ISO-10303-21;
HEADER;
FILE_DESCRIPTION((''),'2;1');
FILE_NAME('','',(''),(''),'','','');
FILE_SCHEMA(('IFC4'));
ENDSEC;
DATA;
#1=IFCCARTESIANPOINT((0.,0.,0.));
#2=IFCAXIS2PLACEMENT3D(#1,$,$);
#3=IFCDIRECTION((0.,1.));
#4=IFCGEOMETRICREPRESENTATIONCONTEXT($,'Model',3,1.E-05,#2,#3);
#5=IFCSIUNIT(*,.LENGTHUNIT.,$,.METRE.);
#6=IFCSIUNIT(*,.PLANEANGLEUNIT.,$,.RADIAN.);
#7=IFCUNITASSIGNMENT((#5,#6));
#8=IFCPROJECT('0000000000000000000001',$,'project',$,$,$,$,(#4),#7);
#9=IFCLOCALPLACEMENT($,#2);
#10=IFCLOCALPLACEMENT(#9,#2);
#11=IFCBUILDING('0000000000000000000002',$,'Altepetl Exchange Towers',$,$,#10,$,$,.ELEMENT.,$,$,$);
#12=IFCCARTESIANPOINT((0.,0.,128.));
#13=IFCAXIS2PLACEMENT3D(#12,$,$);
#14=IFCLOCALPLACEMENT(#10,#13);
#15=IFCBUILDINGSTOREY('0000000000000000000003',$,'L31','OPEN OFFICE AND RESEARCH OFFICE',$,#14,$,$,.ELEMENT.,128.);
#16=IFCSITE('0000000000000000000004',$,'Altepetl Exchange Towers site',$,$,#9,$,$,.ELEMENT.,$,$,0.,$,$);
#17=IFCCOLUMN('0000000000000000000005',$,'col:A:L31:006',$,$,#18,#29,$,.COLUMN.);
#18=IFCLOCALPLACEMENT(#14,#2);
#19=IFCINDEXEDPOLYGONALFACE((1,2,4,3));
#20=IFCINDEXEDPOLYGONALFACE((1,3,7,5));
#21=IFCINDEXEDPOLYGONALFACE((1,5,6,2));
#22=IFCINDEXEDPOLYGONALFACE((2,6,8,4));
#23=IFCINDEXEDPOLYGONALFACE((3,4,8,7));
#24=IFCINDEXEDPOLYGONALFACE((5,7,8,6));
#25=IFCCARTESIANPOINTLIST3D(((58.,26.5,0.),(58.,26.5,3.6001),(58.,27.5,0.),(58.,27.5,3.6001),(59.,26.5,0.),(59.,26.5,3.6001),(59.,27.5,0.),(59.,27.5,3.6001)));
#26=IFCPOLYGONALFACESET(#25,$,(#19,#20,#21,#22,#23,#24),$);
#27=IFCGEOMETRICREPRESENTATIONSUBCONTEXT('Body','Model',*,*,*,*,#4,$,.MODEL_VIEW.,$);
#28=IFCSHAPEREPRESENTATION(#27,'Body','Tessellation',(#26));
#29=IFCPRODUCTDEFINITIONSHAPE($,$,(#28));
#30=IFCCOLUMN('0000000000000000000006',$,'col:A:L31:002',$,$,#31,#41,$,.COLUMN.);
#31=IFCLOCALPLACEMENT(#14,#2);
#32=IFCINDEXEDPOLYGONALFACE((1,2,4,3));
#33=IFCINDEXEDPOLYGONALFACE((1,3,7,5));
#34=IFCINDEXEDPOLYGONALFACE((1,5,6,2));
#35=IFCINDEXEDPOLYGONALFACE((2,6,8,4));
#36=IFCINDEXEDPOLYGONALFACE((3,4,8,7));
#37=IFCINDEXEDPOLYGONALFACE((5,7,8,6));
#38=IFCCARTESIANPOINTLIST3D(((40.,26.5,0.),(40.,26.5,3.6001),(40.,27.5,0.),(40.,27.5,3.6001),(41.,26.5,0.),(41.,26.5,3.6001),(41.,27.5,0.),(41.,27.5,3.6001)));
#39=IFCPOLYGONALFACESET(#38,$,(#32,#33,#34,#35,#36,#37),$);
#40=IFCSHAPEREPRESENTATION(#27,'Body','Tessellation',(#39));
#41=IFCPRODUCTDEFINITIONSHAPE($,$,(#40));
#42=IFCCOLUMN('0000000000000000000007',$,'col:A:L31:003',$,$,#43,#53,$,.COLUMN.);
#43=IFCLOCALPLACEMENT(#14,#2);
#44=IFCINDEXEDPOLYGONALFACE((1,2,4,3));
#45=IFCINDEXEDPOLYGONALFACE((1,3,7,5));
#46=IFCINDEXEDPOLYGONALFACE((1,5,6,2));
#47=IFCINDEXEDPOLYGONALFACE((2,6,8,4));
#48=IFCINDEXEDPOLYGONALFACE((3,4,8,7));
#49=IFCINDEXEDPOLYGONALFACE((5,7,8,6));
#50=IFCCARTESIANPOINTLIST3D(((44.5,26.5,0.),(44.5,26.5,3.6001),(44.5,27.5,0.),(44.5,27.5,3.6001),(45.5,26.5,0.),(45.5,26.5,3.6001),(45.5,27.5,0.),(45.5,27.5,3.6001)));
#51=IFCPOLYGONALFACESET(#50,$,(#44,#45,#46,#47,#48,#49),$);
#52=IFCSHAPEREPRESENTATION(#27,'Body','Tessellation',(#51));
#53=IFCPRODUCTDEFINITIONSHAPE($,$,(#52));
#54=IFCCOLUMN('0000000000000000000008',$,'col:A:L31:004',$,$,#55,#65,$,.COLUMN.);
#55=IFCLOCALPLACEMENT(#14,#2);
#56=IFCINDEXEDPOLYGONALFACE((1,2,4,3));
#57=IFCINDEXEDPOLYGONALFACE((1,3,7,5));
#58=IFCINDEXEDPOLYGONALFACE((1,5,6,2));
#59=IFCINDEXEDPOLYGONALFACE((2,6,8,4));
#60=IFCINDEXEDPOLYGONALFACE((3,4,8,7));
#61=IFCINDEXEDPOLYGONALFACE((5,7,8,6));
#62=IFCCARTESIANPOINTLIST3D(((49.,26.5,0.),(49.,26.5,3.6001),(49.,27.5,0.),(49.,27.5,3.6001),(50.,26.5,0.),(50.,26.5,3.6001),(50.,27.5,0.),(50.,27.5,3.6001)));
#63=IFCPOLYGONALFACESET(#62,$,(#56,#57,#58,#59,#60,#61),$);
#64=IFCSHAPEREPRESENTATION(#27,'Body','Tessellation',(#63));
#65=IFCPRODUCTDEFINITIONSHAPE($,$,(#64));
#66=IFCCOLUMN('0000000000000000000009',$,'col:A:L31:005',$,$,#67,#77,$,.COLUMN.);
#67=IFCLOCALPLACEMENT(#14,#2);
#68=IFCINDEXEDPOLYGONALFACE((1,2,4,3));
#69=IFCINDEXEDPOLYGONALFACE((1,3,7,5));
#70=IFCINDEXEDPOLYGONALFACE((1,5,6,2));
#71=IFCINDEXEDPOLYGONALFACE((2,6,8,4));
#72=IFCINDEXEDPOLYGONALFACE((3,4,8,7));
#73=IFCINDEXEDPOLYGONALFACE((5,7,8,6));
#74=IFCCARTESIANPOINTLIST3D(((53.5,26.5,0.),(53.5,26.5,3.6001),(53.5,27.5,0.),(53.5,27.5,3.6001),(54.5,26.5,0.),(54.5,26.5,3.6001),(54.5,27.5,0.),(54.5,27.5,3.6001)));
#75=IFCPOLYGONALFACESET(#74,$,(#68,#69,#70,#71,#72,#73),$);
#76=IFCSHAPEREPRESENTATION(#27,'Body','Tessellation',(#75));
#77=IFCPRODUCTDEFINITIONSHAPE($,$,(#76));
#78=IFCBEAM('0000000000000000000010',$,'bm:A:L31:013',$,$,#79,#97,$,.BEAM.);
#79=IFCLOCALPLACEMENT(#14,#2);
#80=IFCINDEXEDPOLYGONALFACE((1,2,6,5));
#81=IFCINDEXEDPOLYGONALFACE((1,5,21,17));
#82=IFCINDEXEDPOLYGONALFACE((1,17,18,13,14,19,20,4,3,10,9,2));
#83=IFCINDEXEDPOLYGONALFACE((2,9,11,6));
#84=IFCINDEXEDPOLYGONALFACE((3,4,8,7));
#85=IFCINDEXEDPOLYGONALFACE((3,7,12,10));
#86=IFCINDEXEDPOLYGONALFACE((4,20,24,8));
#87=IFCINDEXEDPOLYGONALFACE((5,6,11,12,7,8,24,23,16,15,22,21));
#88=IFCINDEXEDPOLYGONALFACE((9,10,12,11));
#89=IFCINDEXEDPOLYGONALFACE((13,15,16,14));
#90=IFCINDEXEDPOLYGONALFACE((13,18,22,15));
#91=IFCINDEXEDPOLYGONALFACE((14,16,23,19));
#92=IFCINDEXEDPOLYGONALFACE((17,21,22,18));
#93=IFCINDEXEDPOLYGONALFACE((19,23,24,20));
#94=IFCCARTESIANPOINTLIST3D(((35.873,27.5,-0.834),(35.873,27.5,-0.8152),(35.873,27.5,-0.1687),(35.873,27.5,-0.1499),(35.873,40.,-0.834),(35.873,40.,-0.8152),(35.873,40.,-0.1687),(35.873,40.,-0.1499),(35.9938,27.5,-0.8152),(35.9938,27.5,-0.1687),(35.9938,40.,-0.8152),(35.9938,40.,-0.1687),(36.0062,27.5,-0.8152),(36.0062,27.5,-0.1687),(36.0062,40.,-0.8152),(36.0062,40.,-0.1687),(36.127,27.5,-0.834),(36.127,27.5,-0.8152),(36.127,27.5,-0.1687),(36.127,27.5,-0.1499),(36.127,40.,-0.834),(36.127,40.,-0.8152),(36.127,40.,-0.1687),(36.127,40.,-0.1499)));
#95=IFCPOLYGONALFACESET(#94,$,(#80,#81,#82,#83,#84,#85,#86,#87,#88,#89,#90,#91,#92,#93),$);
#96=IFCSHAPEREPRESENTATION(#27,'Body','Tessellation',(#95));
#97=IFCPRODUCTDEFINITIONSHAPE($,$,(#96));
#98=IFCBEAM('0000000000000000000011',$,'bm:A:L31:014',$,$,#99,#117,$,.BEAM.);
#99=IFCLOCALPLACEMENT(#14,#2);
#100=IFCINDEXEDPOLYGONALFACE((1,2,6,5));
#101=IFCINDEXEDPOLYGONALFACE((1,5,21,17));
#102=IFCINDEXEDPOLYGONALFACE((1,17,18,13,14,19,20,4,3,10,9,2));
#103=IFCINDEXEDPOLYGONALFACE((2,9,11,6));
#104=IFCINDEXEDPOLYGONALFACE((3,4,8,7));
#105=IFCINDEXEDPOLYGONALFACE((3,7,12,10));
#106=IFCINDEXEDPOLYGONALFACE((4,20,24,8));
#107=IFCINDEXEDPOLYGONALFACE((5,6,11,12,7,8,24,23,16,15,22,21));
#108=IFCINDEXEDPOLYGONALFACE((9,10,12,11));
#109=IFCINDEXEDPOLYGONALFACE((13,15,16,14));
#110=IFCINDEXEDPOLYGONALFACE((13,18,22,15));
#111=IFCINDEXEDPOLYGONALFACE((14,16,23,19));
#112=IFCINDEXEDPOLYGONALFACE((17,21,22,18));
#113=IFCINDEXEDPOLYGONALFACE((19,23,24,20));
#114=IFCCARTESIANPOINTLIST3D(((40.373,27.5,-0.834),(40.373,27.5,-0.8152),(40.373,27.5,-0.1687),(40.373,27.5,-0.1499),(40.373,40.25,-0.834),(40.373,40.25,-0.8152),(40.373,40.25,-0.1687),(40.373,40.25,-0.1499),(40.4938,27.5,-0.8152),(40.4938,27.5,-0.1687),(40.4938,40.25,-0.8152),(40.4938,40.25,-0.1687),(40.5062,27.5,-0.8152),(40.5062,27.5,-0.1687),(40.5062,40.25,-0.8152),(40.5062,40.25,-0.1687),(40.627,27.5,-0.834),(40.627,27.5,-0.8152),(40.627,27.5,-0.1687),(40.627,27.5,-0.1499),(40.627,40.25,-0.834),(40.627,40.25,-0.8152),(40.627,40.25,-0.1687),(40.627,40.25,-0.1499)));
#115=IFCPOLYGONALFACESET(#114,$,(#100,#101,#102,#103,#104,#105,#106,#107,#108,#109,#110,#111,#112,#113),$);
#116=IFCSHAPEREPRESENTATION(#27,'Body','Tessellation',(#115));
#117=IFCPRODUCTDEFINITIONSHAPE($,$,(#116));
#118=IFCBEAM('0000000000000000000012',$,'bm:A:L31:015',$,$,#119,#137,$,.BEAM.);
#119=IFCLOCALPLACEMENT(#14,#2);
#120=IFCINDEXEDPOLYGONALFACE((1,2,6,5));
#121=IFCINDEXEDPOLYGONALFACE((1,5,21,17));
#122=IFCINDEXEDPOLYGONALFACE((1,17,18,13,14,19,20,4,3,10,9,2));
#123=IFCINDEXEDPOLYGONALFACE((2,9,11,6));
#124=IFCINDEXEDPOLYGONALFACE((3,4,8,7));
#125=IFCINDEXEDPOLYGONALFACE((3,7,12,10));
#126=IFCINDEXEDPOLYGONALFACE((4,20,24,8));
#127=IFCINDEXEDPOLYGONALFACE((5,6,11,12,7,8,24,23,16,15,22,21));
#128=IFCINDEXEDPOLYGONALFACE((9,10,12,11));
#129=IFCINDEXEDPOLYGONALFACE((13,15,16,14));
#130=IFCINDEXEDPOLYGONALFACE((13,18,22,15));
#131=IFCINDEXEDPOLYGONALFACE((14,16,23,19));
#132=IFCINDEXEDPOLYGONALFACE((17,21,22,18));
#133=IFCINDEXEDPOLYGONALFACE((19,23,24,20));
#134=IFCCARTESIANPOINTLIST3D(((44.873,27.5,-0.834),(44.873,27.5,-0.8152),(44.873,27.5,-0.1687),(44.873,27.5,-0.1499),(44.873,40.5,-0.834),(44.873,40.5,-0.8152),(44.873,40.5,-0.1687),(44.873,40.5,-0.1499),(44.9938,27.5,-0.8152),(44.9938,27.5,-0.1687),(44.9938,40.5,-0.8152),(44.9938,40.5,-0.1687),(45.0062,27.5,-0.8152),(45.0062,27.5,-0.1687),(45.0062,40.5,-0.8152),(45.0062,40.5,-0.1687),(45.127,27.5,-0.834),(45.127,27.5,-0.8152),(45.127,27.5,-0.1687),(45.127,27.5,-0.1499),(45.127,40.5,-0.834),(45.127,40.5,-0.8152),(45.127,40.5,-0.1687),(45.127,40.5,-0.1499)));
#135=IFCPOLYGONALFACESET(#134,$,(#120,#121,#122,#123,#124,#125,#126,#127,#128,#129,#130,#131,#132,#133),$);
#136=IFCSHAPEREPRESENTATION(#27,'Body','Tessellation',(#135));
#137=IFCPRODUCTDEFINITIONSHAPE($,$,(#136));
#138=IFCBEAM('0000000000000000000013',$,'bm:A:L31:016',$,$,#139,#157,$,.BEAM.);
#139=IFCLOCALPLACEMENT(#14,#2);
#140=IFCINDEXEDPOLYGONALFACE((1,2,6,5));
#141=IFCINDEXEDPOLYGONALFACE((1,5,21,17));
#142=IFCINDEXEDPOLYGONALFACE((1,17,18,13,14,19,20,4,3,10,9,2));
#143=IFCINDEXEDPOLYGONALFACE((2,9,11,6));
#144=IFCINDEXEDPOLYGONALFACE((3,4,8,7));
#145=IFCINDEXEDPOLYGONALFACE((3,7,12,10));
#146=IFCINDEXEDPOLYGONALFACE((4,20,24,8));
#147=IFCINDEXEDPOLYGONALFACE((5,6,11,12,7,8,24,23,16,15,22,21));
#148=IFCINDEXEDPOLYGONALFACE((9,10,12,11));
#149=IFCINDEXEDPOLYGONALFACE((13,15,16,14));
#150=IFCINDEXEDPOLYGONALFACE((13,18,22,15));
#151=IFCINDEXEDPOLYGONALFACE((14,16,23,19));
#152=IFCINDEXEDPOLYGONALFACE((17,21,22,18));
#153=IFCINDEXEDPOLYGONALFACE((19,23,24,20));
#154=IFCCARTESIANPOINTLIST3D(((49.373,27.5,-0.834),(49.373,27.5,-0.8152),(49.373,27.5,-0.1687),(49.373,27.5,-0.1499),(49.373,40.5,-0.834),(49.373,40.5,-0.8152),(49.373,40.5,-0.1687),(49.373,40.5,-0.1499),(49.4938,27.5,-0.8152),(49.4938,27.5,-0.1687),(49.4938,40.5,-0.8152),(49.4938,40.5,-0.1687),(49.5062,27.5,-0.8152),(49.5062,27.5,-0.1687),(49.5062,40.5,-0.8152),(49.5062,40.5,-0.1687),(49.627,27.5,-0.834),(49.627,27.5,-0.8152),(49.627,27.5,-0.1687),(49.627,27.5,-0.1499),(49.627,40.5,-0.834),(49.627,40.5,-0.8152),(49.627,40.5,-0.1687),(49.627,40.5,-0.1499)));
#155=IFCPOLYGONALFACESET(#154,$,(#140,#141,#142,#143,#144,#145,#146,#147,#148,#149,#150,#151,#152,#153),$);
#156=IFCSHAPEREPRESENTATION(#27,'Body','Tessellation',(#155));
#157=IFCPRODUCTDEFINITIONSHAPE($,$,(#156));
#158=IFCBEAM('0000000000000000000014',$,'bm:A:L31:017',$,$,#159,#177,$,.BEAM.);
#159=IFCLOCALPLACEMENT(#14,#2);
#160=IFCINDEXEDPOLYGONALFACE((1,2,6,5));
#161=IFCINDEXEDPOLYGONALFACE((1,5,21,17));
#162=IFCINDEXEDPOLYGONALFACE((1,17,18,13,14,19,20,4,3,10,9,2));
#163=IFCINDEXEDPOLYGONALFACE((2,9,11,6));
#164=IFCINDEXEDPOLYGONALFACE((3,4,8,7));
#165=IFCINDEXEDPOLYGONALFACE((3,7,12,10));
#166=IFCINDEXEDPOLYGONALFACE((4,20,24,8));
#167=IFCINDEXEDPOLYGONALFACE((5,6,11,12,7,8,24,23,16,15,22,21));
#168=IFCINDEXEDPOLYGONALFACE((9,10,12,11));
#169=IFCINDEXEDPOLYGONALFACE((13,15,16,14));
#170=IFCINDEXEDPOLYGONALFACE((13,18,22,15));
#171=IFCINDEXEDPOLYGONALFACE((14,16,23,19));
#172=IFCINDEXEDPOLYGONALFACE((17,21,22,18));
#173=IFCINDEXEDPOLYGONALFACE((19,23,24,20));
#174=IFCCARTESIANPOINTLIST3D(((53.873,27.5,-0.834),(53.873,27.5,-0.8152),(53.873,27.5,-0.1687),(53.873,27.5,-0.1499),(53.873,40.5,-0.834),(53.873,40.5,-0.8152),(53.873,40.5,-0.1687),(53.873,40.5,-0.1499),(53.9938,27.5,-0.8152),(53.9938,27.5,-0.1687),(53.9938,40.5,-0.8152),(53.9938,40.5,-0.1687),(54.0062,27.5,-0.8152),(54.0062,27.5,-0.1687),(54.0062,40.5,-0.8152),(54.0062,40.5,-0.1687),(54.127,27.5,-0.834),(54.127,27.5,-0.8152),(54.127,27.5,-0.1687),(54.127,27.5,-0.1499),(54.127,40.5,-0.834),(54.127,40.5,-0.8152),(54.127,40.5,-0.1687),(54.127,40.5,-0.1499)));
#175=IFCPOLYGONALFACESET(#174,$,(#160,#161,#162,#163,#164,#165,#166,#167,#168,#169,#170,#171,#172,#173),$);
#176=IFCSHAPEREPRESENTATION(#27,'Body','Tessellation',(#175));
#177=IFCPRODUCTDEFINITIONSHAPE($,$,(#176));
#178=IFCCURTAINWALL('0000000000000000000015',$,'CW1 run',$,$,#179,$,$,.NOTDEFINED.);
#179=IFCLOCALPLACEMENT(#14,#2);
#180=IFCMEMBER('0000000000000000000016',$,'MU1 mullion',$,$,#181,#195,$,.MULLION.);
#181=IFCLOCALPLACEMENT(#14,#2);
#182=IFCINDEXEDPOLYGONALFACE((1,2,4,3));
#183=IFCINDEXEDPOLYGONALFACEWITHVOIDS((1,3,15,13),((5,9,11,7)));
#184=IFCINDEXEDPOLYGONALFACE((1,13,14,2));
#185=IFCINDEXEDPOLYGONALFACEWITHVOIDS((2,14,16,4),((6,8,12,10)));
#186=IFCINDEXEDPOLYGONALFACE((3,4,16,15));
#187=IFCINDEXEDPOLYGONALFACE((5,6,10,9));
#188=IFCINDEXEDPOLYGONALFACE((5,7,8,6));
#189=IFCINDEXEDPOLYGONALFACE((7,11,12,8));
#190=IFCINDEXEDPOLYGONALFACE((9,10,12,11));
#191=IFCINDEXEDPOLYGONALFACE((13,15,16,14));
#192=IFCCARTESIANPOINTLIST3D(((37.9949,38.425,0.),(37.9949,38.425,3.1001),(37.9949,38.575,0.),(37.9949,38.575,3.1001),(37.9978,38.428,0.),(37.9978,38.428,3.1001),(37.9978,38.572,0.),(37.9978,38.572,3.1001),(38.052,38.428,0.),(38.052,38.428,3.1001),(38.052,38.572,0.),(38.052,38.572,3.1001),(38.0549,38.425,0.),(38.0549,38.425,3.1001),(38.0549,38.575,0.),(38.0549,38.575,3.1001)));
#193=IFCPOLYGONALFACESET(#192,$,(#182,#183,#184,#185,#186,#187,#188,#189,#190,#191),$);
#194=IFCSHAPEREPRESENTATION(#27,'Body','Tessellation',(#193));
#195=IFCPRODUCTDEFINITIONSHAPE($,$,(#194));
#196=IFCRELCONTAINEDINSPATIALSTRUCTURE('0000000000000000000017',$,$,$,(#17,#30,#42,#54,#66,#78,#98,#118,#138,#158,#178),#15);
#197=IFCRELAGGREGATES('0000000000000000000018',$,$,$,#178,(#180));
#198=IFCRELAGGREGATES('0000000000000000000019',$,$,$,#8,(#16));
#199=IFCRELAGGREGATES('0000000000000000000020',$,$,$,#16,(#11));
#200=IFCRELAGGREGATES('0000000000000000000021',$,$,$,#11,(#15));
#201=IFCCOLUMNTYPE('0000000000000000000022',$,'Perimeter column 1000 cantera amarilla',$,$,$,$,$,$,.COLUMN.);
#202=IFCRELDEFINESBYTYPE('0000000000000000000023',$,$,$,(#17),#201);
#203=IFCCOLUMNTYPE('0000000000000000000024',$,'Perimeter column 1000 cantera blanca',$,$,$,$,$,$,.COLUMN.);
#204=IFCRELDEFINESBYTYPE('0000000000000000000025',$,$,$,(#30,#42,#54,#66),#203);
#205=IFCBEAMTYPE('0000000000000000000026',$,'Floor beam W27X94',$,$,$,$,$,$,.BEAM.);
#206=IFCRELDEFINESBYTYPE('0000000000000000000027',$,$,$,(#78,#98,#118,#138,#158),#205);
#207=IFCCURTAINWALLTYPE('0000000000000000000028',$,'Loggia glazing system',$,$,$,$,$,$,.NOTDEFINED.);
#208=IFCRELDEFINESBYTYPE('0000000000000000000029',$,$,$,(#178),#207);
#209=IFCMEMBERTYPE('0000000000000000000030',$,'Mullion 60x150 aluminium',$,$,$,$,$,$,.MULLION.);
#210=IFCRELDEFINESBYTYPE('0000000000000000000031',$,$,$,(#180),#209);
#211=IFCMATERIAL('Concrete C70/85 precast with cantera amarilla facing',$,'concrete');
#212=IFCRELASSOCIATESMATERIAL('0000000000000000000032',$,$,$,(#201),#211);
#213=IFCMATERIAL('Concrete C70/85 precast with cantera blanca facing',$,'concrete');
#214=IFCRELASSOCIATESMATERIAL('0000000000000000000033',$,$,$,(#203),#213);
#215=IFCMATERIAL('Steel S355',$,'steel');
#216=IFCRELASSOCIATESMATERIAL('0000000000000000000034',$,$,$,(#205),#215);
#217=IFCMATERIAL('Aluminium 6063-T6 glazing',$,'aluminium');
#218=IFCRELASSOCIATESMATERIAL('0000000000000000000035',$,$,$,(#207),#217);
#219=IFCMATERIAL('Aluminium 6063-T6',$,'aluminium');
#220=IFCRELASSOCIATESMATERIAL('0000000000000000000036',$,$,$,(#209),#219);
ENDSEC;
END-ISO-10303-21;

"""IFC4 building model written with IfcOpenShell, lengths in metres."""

from ifc_helpers import new_model, si_unit, direction, frame, origin, origin_2d, place, context, subcontext, project, spatial, rectangle, hollow_rectangle, i_section, extrude, material, material_profile, profile_set, type_object, element, aggregate, save


model = new_model("IFC4")

# Units and contexts
model_context = context("Model", 3, precision=1e-05, world=origin(), true_north=direction((0.0, 1.0)))
body_context = subcontext(model_context, "Body", "Model", "MODEL_VIEW")
ifc_project = project(units=[si_unit("LENGTHUNIT", "METRE"), si_unit("PLANEANGLEUNIT", "RADIAN")], contexts=[model_context])

# Site, building, storey
site_placement = place(None, origin())
site = spatial("IfcSite", under=ifc_project, at=site_placement, Name="Altepetl Exchange Towers site", CompositionType="ELEMENT", RefElevation=0.0)
building_placement = place(site_placement, origin())
building = spatial("IfcBuilding", under=site, at=building_placement, Name="Altepetl Exchange Towers", CompositionType="ELEMENT")
storey_placement = place(building_placement, frame((0.0, 0.0, 128.0)))
storey = spatial("IfcBuildingStorey", under=building, at=storey_placement, Name="L31", Description="OPEN OFFICE AND RESEARCH OFFICE", CompositionType="ELEMENT", Elevation=128.0)

# Columns
ifc_material_1 = material(Name="Concrete C70/85 precast with cantera amarilla facing", Category="concrete")
ifc_material_profile_1 = material_profile(ifc_material_1, rectangle(XDim=1.0, YDim=1.0, at=origin_2d()), Name="1000 x 1000")
ifc_profile_set_1 = profile_set([ifc_material_profile_1], Name="Concrete C70/85 precast with cantera amarilla facing")
column_type_1 = type_object("IfcColumnType", Name="Perimeter column 1000 cantera amarilla", PredefinedType="COLUMN", material=ifc_profile_set_1)
column_placement = place(storey_placement, frame((58.5, 27.0, 0.0)))
element("IfcColumn", 1, at=column_placement, inside=storey, type_object=column_type_1, Name="col:A:L31:006", PredefinedType="COLUMN", context=body_context, shape_type="SweptSolid", body=[
    extrude(rectangle(XDim=1.0, YDim=1.0, at=origin_2d()), origin(), (0.0, 0.0, 1.0), 3.6001),
])
ifc_material_2 = material(Name="Concrete C70/85 precast with cantera blanca facing", Category="concrete")
ifc_material_profile_2 = material_profile(ifc_material_2, rectangle(XDim=1.0, YDim=1.0, at=origin_2d()), Name="1000 x 1000")
ifc_profile_set_2 = profile_set([ifc_material_profile_2], Name="Concrete C70/85 precast with cantera blanca facing")
column_type_2 = type_object("IfcColumnType", Name="Perimeter column 1000 cantera blanca", PredefinedType="COLUMN", material=ifc_profile_set_2)
for number, where, name in (
    (2, (40.5, 27.0, 0.0), "col:A:L31:002"),
    (3, (45.0, 27.0, 0.0), "col:A:L31:003"),
    (4, (49.5, 27.0, 0.0), "col:A:L31:004"),
    (5, (54.0, 27.0, 0.0), "col:A:L31:005"),
):
    element("IfcColumn", number, at=place(storey_placement, frame(where)), inside=storey, type_object=column_type_2, Name=name, PredefinedType="COLUMN", context=body_context, shape_type="SweptSolid", body=[
        extrude(rectangle(XDim=1.0, YDim=1.0, at=origin_2d()), origin(), (0.0, 0.0, 1.0), 3.6001),
    ])

# Beams
ifc_material_3 = material(Name="Steel S355", Category="steel")
ifc_material_profile_3 = material_profile(ifc_material_3, i_section(OverallWidth=0.2539, OverallDepth=0.6841, WebThickness=0.0125, FlangeThickness=0.0188, at=origin_2d()), Name="W27X94")
ifc_profile_set_3 = profile_set([ifc_material_profile_3], Name="Steel S355")
beam_type_1 = type_object("IfcBeamType", Name="Floor beam W27X94", PredefinedType="BEAM", material=ifc_profile_set_3)
beam_1_placement = place(storey_placement, frame((36.0, 27.5, -0.4919), z_axis=(0.0, 1.0, 0.0), x_axis=(-1.0, 0.0, 0.0)))
element("IfcBeam", 6, at=beam_1_placement, inside=storey, type_object=beam_type_1, Name="bm:A:L31:013", PredefinedType="BEAM", context=body_context, shape_type="SweptSolid", body=[
    extrude(i_section(OverallWidth=0.2539, OverallDepth=0.6841, WebThickness=0.0125, FlangeThickness=0.0188, at=origin_2d()), origin(), (0.0, 0.0, 1.0), 12.5),
])
beam_2_placement = place(storey_placement, frame((40.5, 27.5, -0.4919), z_axis=(0.0, 1.0, 0.0), x_axis=(-1.0, 0.0, 0.0)))
element("IfcBeam", 7, at=beam_2_placement, inside=storey, type_object=beam_type_1, Name="bm:A:L31:014", PredefinedType="BEAM", context=body_context, shape_type="SweptSolid", body=[
    extrude(i_section(OverallWidth=0.2539, OverallDepth=0.6841, WebThickness=0.0125, FlangeThickness=0.0188, at=origin_2d()), origin(), (0.0, 0.0, 1.0), 12.75),
])
for number, where, z_axis, x_axis, name in (
    (8, (45.0, 27.5, -0.4919), (0.0, 1.0, 0.0), (-1.0, 0.0, 0.0), "bm:A:L31:015"),
    (9, (49.5, 27.5, -0.4919), (0.0, 1.0, 0.0), (-1.0, 0.0, 0.0), "bm:A:L31:016"),
    (10, (54.0, 27.5, -0.4919), (0.0, 1.0, 0.0), (-1.0, 0.0, 0.0), "bm:A:L31:017"),
):
    element("IfcBeam", number, at=place(storey_placement, frame(where, z_axis=z_axis, x_axis=x_axis)), inside=storey, type_object=beam_type_1, Name=name, PredefinedType="BEAM", context=body_context, shape_type="SweptSolid", body=[
        extrude(i_section(OverallWidth=0.2539, OverallDepth=0.6841, WebThickness=0.0125, FlangeThickness=0.0188, at=origin_2d()), origin(), (0.0, 0.0, 1.0), 13.0),
    ])

# Curtain wall, member
ifc_material_4 = material(Name="Aluminium 6063-T6 glazing", Category="aluminium")
curtain_wall_type = type_object("IfcCurtainWallType", Name="Loggia glazing system", PredefinedType="NOTDEFINED", material=ifc_material_4)
curtain_wall_1_placement = place(storey_placement, origin())
curtain_wall_1 = element("IfcCurtainWall", 11, at=curtain_wall_1_placement, inside=storey, type_object=curtain_wall_type, Name="CW1 run", PredefinedType="NOTDEFINED")
ifc_material_5 = material(Name="Aluminium 6063-T6", Category="aluminium")
ifc_material_profile_4 = material_profile(ifc_material_5, hollow_rectangle(XDim=0.0601, YDim=0.1499, WallThickness=0.0029, at=origin_2d()), Name="Mullion 60x150 aluminium")
ifc_profile_set_4 = profile_set([ifc_material_profile_4], Name="Aluminium 6063-T6")
member_type = type_object("IfcMemberType", Name="Mullion 60x150 aluminium", PredefinedType="MULLION", material=ifc_profile_set_4)
member_1_placement = place(storey_placement, frame((38.0249, 38.5, 0.0), z_axis=(0.0, 0.0, 1.0), x_axis=(-1.0, 0.0, 0.0)))
member_1 = element("IfcMember", 12, at=member_1_placement, type_object=member_type, Name="MU1 mullion", PredefinedType="MULLION", context=body_context, shape_type="SweptSolid", body=[
    extrude(hollow_rectangle(XDim=0.0601, YDim=0.1499, WallThickness=0.0029, at=origin_2d()), origin(), (0.0, 0.0, 1.0), 3.1001),
])

aggregate(curtain_wall_1, [member_1])

save(model, "model.ifc")
